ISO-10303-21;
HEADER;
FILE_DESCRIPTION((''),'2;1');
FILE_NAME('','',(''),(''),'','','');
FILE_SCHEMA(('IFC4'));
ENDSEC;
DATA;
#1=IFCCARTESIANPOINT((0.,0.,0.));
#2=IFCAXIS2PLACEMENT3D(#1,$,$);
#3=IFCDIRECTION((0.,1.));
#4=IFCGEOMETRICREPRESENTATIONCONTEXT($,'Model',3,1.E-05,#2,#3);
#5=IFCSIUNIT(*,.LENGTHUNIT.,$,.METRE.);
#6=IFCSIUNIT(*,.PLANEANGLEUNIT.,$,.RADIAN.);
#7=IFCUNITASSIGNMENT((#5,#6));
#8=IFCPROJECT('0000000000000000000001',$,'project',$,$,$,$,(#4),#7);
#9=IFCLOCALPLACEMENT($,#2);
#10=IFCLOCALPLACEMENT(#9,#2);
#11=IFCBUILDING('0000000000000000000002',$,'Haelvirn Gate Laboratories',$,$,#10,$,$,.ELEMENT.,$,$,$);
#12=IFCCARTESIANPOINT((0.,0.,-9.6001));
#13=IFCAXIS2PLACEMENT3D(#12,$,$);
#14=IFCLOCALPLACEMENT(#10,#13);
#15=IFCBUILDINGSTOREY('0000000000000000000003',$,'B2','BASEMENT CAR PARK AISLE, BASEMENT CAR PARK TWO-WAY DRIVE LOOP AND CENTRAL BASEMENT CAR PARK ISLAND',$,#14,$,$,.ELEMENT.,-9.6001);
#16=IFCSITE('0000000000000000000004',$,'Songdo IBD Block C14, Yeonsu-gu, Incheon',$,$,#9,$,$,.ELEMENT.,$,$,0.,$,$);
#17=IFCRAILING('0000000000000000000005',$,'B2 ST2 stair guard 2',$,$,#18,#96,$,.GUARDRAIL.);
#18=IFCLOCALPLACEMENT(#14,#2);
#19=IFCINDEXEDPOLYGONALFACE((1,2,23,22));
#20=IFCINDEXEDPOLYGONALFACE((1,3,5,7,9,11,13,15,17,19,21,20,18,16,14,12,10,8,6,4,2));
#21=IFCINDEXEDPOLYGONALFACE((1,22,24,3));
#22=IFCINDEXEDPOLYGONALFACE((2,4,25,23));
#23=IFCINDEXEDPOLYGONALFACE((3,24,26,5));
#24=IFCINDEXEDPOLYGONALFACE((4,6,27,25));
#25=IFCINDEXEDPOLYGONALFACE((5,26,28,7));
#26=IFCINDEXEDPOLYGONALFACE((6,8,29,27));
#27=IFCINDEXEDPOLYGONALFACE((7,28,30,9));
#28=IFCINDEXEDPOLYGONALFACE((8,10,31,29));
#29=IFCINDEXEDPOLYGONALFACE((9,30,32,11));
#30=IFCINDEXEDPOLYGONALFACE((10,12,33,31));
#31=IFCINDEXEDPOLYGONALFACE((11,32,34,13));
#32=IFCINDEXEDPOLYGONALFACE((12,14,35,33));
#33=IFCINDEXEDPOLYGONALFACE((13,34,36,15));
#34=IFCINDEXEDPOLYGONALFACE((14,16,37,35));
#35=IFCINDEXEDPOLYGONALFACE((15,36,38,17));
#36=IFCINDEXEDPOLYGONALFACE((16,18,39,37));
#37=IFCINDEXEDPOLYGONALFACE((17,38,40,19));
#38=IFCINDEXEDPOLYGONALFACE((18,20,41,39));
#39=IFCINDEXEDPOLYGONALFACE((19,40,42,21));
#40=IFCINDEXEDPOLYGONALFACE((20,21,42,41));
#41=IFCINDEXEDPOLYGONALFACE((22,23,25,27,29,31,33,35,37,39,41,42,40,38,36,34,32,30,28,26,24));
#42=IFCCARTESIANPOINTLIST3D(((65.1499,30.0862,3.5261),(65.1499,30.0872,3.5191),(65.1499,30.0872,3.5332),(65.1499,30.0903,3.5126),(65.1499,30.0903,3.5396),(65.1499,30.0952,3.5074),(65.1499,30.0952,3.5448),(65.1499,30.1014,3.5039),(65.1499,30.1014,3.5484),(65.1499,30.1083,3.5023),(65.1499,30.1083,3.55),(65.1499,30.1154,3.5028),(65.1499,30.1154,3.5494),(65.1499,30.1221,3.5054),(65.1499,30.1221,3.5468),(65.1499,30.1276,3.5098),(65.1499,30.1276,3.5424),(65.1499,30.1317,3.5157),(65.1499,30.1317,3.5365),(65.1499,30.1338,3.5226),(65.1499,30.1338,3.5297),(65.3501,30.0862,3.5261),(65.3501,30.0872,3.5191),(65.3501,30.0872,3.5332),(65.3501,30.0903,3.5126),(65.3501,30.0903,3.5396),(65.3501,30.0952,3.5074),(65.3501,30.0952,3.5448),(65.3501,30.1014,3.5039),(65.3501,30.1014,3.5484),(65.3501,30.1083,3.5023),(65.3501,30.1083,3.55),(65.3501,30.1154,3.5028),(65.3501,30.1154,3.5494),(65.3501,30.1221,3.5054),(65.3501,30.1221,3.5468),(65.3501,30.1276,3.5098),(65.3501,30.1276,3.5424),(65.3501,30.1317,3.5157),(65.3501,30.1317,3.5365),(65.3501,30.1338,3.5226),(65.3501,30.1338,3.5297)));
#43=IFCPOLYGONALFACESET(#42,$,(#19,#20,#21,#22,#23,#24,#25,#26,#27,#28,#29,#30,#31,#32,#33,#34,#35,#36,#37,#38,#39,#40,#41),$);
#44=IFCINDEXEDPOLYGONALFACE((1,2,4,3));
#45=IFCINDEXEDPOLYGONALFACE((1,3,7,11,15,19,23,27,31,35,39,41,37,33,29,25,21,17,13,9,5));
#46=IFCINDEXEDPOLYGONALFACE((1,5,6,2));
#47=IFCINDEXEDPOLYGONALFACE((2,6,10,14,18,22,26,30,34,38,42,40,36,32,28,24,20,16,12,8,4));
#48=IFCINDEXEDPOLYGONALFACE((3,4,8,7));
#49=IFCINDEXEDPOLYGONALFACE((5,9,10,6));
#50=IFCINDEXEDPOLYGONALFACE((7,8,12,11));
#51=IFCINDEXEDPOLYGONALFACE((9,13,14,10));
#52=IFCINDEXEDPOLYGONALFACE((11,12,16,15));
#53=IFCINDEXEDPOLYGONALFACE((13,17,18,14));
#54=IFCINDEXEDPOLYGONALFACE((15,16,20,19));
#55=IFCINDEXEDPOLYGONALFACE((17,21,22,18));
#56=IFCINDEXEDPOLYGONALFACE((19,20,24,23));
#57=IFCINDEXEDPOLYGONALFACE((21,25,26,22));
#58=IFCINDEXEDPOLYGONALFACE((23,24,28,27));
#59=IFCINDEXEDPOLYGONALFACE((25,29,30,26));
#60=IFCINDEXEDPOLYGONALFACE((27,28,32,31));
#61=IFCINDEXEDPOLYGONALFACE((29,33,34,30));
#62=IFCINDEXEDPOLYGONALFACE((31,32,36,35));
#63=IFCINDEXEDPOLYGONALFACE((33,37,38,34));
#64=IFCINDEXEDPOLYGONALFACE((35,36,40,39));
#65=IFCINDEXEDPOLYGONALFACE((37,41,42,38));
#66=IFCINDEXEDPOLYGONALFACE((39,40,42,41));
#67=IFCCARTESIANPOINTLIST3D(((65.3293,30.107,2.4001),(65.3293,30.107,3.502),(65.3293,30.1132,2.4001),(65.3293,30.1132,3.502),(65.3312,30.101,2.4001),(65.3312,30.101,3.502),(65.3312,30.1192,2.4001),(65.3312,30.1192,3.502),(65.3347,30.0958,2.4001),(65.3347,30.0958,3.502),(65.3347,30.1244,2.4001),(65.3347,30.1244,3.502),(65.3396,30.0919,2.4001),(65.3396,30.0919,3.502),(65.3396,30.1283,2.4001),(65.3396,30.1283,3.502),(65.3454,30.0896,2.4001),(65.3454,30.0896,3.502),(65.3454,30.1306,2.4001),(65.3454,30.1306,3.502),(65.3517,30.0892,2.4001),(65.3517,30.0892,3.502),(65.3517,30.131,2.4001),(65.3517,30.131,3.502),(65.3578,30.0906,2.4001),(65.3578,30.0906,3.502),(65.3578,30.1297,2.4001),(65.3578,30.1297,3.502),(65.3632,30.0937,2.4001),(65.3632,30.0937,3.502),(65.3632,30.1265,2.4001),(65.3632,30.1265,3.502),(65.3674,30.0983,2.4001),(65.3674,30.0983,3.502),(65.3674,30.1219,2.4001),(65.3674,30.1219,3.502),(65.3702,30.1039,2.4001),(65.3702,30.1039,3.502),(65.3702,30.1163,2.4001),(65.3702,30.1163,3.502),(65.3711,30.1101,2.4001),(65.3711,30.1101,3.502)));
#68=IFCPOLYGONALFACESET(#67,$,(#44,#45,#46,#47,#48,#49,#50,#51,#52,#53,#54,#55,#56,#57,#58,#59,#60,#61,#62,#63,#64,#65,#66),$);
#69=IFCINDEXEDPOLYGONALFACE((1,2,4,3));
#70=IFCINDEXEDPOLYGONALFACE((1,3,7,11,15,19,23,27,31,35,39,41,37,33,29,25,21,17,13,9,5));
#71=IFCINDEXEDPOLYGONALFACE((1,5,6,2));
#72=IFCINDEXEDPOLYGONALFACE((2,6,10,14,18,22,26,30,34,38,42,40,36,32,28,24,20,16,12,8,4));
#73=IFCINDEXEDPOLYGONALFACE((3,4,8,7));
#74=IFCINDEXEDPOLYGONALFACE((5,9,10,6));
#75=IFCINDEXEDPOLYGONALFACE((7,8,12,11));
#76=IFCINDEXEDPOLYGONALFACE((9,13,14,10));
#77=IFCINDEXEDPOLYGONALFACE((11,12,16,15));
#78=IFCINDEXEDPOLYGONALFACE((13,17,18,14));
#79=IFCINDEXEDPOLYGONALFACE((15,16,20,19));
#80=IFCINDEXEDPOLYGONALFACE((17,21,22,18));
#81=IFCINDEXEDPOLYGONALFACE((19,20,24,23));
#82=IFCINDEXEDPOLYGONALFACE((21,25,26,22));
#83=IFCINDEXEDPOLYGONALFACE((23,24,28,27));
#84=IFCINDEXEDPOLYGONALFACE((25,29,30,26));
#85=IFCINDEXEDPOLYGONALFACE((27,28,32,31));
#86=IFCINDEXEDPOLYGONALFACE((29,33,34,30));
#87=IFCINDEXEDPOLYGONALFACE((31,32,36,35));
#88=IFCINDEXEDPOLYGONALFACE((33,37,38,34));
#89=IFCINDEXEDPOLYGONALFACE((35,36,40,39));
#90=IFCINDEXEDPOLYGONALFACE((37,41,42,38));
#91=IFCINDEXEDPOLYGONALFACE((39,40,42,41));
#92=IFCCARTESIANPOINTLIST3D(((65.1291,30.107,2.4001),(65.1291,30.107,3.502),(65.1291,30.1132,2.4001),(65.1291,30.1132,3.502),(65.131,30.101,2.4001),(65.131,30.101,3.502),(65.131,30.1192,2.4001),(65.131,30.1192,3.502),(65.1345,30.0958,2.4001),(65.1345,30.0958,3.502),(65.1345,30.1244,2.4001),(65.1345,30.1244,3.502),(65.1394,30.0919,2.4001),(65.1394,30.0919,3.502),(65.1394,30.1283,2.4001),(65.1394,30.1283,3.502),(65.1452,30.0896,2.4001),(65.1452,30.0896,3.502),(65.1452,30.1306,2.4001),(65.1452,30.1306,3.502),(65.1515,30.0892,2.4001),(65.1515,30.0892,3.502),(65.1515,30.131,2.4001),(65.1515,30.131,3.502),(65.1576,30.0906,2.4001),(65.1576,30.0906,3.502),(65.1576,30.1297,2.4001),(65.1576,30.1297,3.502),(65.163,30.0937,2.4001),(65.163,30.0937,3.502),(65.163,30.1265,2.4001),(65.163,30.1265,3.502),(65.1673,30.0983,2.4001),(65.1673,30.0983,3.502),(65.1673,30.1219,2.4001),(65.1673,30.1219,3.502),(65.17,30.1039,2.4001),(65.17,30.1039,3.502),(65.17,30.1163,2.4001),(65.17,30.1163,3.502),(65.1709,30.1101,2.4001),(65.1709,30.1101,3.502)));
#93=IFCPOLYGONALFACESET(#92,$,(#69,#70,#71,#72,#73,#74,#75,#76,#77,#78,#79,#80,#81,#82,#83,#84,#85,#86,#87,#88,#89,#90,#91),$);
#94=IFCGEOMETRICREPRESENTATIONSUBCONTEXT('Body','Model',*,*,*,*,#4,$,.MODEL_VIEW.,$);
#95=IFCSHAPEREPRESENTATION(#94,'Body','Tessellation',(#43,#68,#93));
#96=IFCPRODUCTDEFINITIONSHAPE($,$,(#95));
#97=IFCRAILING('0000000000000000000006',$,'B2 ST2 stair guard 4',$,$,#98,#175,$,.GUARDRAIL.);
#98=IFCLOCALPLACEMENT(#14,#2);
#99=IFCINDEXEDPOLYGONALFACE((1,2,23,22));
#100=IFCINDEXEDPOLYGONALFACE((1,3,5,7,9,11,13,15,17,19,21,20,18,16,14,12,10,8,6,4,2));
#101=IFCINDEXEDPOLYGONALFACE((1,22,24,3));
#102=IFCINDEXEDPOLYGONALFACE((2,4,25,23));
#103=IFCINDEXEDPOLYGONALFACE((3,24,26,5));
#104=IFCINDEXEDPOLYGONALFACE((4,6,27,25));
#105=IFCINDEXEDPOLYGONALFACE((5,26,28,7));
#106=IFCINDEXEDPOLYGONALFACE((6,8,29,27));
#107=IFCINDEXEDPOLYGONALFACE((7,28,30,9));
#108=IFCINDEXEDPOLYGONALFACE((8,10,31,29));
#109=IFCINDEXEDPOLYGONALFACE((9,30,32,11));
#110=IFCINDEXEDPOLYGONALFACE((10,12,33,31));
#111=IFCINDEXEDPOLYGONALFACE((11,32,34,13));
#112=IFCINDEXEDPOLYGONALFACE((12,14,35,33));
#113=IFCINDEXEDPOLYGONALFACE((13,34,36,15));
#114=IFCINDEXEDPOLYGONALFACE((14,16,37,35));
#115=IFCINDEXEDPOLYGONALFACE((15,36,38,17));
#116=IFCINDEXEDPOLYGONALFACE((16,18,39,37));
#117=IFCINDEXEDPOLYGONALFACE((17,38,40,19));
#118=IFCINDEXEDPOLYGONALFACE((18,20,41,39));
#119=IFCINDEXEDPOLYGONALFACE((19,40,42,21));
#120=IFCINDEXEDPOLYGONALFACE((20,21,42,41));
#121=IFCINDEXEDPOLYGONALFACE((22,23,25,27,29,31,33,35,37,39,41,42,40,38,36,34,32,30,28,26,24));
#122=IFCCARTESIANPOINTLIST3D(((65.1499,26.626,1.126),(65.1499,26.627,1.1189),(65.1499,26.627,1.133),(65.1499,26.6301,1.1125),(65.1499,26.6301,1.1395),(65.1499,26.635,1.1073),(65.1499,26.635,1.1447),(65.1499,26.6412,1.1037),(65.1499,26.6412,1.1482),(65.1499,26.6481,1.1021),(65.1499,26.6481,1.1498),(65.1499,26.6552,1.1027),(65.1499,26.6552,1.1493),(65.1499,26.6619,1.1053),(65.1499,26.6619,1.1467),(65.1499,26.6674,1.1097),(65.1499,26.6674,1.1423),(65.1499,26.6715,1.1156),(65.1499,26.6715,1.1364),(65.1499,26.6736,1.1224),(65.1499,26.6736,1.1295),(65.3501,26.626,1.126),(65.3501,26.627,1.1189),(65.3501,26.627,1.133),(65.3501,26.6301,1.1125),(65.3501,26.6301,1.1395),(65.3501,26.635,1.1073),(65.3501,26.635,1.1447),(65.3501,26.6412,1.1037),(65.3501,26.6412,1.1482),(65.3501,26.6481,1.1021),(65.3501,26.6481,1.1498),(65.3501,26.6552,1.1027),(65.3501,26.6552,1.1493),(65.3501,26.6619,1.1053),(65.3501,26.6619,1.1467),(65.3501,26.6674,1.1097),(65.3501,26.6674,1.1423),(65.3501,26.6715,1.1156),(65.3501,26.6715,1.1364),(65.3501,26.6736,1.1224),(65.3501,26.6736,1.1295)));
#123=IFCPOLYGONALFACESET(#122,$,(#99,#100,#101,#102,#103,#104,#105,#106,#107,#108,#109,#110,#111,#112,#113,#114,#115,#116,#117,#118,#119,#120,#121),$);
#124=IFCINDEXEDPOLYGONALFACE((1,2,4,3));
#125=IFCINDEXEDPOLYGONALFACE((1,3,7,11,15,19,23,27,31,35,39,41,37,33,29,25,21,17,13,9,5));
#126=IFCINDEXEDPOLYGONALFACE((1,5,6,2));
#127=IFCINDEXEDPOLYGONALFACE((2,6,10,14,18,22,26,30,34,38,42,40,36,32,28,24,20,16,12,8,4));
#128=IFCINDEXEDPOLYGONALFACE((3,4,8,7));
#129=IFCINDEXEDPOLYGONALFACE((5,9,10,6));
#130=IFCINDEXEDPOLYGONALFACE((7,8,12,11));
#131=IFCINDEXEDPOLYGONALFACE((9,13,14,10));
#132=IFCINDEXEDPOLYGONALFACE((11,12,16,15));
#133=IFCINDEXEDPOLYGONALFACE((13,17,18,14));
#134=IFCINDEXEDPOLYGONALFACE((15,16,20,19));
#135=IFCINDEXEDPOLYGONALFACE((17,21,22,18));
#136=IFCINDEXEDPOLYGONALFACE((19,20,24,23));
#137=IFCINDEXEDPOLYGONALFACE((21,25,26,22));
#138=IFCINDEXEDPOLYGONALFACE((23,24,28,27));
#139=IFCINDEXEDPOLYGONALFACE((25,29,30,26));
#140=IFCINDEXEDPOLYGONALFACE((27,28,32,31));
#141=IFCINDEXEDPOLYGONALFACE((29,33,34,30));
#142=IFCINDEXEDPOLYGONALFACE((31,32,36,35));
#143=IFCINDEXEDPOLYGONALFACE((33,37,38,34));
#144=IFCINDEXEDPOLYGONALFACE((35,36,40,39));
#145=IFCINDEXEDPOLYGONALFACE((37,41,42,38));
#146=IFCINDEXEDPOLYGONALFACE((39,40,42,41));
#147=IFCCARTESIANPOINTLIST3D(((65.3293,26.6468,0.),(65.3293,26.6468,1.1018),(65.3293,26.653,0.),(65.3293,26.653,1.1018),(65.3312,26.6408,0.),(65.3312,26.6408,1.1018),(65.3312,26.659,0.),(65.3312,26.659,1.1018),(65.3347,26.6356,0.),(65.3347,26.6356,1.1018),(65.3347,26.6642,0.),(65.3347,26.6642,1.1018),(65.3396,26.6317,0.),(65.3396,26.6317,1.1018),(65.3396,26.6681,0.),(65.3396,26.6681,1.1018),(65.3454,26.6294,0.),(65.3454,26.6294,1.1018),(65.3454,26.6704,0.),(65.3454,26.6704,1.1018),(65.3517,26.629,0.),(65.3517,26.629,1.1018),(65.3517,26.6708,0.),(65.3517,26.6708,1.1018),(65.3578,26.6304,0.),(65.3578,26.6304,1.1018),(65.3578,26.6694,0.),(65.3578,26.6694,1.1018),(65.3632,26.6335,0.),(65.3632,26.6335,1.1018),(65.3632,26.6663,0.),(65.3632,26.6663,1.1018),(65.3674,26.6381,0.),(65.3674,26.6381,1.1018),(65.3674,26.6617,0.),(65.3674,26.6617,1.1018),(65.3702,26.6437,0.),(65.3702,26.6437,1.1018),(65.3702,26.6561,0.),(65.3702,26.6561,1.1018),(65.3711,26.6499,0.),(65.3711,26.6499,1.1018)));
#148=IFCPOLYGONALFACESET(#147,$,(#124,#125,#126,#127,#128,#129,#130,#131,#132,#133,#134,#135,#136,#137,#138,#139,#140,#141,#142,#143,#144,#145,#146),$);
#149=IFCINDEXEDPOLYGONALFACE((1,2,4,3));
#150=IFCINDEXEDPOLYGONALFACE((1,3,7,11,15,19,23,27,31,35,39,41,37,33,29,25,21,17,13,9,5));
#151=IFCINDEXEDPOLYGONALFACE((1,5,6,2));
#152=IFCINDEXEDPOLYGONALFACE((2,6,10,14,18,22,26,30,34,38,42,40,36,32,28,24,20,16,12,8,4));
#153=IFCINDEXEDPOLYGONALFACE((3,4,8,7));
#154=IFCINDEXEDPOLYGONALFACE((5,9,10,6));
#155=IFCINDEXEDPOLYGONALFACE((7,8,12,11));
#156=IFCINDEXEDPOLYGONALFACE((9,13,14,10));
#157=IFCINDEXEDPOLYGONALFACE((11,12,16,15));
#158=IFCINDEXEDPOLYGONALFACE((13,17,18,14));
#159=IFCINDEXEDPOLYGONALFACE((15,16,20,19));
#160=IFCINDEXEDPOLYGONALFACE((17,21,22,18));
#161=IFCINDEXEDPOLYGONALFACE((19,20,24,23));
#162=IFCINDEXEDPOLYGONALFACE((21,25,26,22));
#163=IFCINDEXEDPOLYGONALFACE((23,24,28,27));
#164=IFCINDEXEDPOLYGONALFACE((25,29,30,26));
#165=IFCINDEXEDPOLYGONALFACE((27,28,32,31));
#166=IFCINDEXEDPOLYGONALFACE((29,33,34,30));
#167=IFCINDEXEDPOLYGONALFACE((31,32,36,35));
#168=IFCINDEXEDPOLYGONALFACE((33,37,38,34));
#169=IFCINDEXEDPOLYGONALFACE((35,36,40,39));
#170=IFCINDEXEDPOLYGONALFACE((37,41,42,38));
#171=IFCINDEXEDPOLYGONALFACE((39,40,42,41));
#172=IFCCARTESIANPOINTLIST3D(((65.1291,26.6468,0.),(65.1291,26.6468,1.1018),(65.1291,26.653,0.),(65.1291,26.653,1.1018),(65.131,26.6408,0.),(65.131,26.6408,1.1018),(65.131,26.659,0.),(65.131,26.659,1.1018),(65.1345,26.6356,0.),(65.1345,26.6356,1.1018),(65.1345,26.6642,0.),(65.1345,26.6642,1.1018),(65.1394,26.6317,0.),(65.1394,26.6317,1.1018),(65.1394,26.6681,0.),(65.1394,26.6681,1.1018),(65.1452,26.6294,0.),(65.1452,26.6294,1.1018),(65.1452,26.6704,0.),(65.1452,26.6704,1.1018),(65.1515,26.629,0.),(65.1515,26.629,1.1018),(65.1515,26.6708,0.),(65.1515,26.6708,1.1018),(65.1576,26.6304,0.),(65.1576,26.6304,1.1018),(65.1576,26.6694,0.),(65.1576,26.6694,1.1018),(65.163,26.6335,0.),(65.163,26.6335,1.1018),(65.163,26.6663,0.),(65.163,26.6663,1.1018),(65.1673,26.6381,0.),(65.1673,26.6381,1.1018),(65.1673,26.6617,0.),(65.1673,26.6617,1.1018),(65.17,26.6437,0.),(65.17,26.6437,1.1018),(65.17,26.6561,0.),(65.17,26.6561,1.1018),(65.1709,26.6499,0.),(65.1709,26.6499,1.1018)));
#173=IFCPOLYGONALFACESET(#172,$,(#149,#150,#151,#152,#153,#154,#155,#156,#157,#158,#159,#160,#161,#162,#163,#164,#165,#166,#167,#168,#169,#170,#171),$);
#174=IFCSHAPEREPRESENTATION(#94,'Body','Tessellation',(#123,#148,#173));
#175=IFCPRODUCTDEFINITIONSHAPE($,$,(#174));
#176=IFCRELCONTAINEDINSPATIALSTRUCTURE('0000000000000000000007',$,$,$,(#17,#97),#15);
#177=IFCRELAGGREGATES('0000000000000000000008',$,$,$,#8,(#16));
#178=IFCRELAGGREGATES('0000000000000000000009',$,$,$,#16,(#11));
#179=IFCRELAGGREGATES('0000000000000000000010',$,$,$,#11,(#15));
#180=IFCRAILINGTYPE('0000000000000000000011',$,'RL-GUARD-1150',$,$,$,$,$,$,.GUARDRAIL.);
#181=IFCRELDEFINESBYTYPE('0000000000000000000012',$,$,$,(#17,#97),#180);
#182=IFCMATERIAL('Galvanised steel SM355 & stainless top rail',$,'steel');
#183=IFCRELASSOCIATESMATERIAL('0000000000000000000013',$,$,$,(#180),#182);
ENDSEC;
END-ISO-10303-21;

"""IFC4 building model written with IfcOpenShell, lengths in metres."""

from ifc_helpers import new_model, si_unit, direction, frame, origin, origin_2d, place, context, subcontext, project, spatial, circle, extrude, source, transform, mapped, material, type_object, element, save


model = new_model("IFC4")

# Units and contexts
model_context = context("Model", 3, precision=1e-05, world=origin(), true_north=direction((0.0, 1.0)))
body_context = subcontext(model_context, "Body", "Model", "MODEL_VIEW")
ifc_project = project(units=[si_unit("LENGTHUNIT", "METRE"), si_unit("PLANEANGLEUNIT", "RADIAN")], contexts=[model_context])

# Site, building, storey
site_placement = place(None, origin())
site = spatial("IfcSite", under=ifc_project, at=site_placement, Name="Songdo IBD Block C14, Yeonsu-gu, Incheon", CompositionType="ELEMENT", RefElevation=0.0)
building_placement = place(site_placement, origin())
building = spatial("IfcBuilding", under=site, at=building_placement, Name="Haelvirn Gate Laboratories", CompositionType="ELEMENT")
storey_placement = place(building_placement, frame((0.0, 0.0, -9.6001)))
storey = spatial("IfcBuildingStorey", under=building, at=storey_placement, Name="B2", Description="BASEMENT CAR PARK AISLE, BASEMENT CAR PARK TWO-WAY DRIVE LOOP AND CENTRAL BASEMENT CAR PARK ISLAND", CompositionType="ELEMENT", Elevation=-9.6001)

# Railings
ifc_material_1 = material(Name="Galvanised steel SM355 & stainless top rail", Category="steel")
railing_type_1 = type_object("IfcRailingType", Name="RL-GUARD-1150", PredefinedType="GUARDRAIL", material=ifc_material_1)
shared_shape_1 = source(origin(), body_context, "Body", "SweptSolid", [
    extrude(circle(Radius=0.0239, at=origin_2d()), frame((0.0, 0.0, 1.126), z_axis=(-1.0, 0.0, 0.0), x_axis=(0.0, -1.0, 0.0)), (0.0, 0.0, 1.0), 0.2002),
    extrude(circle(Radius=0.021, at=origin_2d()), origin(), (0.0, 0.0, 1.0), 1.1018),
    extrude(circle(Radius=0.021, at=origin_2d()), frame((-0.2002, 0.0, 0.0)), (0.0, 0.0, 1.0), 1.1018),
])
for number, where, name in (
    (1, (65.3501, 30.1101, 2.4001), "B2 ST2 stair guard 2"),
    (2, (65.3501, 26.6499, 0.0), "B2 ST2 stair guard 4"),
):
    element("IfcRailing", number, at=place(storey_placement, frame(where)), inside=storey, type_object=railing_type_1, Name=name, PredefinedType="GUARDRAIL", context=body_context, shape_type="MappedRepresentation", body=[
        mapped(shared_shape_1, transform((0.0, 0.0, 0.0), scale=1.0)),
    ])

save(model, "model.ifc")
